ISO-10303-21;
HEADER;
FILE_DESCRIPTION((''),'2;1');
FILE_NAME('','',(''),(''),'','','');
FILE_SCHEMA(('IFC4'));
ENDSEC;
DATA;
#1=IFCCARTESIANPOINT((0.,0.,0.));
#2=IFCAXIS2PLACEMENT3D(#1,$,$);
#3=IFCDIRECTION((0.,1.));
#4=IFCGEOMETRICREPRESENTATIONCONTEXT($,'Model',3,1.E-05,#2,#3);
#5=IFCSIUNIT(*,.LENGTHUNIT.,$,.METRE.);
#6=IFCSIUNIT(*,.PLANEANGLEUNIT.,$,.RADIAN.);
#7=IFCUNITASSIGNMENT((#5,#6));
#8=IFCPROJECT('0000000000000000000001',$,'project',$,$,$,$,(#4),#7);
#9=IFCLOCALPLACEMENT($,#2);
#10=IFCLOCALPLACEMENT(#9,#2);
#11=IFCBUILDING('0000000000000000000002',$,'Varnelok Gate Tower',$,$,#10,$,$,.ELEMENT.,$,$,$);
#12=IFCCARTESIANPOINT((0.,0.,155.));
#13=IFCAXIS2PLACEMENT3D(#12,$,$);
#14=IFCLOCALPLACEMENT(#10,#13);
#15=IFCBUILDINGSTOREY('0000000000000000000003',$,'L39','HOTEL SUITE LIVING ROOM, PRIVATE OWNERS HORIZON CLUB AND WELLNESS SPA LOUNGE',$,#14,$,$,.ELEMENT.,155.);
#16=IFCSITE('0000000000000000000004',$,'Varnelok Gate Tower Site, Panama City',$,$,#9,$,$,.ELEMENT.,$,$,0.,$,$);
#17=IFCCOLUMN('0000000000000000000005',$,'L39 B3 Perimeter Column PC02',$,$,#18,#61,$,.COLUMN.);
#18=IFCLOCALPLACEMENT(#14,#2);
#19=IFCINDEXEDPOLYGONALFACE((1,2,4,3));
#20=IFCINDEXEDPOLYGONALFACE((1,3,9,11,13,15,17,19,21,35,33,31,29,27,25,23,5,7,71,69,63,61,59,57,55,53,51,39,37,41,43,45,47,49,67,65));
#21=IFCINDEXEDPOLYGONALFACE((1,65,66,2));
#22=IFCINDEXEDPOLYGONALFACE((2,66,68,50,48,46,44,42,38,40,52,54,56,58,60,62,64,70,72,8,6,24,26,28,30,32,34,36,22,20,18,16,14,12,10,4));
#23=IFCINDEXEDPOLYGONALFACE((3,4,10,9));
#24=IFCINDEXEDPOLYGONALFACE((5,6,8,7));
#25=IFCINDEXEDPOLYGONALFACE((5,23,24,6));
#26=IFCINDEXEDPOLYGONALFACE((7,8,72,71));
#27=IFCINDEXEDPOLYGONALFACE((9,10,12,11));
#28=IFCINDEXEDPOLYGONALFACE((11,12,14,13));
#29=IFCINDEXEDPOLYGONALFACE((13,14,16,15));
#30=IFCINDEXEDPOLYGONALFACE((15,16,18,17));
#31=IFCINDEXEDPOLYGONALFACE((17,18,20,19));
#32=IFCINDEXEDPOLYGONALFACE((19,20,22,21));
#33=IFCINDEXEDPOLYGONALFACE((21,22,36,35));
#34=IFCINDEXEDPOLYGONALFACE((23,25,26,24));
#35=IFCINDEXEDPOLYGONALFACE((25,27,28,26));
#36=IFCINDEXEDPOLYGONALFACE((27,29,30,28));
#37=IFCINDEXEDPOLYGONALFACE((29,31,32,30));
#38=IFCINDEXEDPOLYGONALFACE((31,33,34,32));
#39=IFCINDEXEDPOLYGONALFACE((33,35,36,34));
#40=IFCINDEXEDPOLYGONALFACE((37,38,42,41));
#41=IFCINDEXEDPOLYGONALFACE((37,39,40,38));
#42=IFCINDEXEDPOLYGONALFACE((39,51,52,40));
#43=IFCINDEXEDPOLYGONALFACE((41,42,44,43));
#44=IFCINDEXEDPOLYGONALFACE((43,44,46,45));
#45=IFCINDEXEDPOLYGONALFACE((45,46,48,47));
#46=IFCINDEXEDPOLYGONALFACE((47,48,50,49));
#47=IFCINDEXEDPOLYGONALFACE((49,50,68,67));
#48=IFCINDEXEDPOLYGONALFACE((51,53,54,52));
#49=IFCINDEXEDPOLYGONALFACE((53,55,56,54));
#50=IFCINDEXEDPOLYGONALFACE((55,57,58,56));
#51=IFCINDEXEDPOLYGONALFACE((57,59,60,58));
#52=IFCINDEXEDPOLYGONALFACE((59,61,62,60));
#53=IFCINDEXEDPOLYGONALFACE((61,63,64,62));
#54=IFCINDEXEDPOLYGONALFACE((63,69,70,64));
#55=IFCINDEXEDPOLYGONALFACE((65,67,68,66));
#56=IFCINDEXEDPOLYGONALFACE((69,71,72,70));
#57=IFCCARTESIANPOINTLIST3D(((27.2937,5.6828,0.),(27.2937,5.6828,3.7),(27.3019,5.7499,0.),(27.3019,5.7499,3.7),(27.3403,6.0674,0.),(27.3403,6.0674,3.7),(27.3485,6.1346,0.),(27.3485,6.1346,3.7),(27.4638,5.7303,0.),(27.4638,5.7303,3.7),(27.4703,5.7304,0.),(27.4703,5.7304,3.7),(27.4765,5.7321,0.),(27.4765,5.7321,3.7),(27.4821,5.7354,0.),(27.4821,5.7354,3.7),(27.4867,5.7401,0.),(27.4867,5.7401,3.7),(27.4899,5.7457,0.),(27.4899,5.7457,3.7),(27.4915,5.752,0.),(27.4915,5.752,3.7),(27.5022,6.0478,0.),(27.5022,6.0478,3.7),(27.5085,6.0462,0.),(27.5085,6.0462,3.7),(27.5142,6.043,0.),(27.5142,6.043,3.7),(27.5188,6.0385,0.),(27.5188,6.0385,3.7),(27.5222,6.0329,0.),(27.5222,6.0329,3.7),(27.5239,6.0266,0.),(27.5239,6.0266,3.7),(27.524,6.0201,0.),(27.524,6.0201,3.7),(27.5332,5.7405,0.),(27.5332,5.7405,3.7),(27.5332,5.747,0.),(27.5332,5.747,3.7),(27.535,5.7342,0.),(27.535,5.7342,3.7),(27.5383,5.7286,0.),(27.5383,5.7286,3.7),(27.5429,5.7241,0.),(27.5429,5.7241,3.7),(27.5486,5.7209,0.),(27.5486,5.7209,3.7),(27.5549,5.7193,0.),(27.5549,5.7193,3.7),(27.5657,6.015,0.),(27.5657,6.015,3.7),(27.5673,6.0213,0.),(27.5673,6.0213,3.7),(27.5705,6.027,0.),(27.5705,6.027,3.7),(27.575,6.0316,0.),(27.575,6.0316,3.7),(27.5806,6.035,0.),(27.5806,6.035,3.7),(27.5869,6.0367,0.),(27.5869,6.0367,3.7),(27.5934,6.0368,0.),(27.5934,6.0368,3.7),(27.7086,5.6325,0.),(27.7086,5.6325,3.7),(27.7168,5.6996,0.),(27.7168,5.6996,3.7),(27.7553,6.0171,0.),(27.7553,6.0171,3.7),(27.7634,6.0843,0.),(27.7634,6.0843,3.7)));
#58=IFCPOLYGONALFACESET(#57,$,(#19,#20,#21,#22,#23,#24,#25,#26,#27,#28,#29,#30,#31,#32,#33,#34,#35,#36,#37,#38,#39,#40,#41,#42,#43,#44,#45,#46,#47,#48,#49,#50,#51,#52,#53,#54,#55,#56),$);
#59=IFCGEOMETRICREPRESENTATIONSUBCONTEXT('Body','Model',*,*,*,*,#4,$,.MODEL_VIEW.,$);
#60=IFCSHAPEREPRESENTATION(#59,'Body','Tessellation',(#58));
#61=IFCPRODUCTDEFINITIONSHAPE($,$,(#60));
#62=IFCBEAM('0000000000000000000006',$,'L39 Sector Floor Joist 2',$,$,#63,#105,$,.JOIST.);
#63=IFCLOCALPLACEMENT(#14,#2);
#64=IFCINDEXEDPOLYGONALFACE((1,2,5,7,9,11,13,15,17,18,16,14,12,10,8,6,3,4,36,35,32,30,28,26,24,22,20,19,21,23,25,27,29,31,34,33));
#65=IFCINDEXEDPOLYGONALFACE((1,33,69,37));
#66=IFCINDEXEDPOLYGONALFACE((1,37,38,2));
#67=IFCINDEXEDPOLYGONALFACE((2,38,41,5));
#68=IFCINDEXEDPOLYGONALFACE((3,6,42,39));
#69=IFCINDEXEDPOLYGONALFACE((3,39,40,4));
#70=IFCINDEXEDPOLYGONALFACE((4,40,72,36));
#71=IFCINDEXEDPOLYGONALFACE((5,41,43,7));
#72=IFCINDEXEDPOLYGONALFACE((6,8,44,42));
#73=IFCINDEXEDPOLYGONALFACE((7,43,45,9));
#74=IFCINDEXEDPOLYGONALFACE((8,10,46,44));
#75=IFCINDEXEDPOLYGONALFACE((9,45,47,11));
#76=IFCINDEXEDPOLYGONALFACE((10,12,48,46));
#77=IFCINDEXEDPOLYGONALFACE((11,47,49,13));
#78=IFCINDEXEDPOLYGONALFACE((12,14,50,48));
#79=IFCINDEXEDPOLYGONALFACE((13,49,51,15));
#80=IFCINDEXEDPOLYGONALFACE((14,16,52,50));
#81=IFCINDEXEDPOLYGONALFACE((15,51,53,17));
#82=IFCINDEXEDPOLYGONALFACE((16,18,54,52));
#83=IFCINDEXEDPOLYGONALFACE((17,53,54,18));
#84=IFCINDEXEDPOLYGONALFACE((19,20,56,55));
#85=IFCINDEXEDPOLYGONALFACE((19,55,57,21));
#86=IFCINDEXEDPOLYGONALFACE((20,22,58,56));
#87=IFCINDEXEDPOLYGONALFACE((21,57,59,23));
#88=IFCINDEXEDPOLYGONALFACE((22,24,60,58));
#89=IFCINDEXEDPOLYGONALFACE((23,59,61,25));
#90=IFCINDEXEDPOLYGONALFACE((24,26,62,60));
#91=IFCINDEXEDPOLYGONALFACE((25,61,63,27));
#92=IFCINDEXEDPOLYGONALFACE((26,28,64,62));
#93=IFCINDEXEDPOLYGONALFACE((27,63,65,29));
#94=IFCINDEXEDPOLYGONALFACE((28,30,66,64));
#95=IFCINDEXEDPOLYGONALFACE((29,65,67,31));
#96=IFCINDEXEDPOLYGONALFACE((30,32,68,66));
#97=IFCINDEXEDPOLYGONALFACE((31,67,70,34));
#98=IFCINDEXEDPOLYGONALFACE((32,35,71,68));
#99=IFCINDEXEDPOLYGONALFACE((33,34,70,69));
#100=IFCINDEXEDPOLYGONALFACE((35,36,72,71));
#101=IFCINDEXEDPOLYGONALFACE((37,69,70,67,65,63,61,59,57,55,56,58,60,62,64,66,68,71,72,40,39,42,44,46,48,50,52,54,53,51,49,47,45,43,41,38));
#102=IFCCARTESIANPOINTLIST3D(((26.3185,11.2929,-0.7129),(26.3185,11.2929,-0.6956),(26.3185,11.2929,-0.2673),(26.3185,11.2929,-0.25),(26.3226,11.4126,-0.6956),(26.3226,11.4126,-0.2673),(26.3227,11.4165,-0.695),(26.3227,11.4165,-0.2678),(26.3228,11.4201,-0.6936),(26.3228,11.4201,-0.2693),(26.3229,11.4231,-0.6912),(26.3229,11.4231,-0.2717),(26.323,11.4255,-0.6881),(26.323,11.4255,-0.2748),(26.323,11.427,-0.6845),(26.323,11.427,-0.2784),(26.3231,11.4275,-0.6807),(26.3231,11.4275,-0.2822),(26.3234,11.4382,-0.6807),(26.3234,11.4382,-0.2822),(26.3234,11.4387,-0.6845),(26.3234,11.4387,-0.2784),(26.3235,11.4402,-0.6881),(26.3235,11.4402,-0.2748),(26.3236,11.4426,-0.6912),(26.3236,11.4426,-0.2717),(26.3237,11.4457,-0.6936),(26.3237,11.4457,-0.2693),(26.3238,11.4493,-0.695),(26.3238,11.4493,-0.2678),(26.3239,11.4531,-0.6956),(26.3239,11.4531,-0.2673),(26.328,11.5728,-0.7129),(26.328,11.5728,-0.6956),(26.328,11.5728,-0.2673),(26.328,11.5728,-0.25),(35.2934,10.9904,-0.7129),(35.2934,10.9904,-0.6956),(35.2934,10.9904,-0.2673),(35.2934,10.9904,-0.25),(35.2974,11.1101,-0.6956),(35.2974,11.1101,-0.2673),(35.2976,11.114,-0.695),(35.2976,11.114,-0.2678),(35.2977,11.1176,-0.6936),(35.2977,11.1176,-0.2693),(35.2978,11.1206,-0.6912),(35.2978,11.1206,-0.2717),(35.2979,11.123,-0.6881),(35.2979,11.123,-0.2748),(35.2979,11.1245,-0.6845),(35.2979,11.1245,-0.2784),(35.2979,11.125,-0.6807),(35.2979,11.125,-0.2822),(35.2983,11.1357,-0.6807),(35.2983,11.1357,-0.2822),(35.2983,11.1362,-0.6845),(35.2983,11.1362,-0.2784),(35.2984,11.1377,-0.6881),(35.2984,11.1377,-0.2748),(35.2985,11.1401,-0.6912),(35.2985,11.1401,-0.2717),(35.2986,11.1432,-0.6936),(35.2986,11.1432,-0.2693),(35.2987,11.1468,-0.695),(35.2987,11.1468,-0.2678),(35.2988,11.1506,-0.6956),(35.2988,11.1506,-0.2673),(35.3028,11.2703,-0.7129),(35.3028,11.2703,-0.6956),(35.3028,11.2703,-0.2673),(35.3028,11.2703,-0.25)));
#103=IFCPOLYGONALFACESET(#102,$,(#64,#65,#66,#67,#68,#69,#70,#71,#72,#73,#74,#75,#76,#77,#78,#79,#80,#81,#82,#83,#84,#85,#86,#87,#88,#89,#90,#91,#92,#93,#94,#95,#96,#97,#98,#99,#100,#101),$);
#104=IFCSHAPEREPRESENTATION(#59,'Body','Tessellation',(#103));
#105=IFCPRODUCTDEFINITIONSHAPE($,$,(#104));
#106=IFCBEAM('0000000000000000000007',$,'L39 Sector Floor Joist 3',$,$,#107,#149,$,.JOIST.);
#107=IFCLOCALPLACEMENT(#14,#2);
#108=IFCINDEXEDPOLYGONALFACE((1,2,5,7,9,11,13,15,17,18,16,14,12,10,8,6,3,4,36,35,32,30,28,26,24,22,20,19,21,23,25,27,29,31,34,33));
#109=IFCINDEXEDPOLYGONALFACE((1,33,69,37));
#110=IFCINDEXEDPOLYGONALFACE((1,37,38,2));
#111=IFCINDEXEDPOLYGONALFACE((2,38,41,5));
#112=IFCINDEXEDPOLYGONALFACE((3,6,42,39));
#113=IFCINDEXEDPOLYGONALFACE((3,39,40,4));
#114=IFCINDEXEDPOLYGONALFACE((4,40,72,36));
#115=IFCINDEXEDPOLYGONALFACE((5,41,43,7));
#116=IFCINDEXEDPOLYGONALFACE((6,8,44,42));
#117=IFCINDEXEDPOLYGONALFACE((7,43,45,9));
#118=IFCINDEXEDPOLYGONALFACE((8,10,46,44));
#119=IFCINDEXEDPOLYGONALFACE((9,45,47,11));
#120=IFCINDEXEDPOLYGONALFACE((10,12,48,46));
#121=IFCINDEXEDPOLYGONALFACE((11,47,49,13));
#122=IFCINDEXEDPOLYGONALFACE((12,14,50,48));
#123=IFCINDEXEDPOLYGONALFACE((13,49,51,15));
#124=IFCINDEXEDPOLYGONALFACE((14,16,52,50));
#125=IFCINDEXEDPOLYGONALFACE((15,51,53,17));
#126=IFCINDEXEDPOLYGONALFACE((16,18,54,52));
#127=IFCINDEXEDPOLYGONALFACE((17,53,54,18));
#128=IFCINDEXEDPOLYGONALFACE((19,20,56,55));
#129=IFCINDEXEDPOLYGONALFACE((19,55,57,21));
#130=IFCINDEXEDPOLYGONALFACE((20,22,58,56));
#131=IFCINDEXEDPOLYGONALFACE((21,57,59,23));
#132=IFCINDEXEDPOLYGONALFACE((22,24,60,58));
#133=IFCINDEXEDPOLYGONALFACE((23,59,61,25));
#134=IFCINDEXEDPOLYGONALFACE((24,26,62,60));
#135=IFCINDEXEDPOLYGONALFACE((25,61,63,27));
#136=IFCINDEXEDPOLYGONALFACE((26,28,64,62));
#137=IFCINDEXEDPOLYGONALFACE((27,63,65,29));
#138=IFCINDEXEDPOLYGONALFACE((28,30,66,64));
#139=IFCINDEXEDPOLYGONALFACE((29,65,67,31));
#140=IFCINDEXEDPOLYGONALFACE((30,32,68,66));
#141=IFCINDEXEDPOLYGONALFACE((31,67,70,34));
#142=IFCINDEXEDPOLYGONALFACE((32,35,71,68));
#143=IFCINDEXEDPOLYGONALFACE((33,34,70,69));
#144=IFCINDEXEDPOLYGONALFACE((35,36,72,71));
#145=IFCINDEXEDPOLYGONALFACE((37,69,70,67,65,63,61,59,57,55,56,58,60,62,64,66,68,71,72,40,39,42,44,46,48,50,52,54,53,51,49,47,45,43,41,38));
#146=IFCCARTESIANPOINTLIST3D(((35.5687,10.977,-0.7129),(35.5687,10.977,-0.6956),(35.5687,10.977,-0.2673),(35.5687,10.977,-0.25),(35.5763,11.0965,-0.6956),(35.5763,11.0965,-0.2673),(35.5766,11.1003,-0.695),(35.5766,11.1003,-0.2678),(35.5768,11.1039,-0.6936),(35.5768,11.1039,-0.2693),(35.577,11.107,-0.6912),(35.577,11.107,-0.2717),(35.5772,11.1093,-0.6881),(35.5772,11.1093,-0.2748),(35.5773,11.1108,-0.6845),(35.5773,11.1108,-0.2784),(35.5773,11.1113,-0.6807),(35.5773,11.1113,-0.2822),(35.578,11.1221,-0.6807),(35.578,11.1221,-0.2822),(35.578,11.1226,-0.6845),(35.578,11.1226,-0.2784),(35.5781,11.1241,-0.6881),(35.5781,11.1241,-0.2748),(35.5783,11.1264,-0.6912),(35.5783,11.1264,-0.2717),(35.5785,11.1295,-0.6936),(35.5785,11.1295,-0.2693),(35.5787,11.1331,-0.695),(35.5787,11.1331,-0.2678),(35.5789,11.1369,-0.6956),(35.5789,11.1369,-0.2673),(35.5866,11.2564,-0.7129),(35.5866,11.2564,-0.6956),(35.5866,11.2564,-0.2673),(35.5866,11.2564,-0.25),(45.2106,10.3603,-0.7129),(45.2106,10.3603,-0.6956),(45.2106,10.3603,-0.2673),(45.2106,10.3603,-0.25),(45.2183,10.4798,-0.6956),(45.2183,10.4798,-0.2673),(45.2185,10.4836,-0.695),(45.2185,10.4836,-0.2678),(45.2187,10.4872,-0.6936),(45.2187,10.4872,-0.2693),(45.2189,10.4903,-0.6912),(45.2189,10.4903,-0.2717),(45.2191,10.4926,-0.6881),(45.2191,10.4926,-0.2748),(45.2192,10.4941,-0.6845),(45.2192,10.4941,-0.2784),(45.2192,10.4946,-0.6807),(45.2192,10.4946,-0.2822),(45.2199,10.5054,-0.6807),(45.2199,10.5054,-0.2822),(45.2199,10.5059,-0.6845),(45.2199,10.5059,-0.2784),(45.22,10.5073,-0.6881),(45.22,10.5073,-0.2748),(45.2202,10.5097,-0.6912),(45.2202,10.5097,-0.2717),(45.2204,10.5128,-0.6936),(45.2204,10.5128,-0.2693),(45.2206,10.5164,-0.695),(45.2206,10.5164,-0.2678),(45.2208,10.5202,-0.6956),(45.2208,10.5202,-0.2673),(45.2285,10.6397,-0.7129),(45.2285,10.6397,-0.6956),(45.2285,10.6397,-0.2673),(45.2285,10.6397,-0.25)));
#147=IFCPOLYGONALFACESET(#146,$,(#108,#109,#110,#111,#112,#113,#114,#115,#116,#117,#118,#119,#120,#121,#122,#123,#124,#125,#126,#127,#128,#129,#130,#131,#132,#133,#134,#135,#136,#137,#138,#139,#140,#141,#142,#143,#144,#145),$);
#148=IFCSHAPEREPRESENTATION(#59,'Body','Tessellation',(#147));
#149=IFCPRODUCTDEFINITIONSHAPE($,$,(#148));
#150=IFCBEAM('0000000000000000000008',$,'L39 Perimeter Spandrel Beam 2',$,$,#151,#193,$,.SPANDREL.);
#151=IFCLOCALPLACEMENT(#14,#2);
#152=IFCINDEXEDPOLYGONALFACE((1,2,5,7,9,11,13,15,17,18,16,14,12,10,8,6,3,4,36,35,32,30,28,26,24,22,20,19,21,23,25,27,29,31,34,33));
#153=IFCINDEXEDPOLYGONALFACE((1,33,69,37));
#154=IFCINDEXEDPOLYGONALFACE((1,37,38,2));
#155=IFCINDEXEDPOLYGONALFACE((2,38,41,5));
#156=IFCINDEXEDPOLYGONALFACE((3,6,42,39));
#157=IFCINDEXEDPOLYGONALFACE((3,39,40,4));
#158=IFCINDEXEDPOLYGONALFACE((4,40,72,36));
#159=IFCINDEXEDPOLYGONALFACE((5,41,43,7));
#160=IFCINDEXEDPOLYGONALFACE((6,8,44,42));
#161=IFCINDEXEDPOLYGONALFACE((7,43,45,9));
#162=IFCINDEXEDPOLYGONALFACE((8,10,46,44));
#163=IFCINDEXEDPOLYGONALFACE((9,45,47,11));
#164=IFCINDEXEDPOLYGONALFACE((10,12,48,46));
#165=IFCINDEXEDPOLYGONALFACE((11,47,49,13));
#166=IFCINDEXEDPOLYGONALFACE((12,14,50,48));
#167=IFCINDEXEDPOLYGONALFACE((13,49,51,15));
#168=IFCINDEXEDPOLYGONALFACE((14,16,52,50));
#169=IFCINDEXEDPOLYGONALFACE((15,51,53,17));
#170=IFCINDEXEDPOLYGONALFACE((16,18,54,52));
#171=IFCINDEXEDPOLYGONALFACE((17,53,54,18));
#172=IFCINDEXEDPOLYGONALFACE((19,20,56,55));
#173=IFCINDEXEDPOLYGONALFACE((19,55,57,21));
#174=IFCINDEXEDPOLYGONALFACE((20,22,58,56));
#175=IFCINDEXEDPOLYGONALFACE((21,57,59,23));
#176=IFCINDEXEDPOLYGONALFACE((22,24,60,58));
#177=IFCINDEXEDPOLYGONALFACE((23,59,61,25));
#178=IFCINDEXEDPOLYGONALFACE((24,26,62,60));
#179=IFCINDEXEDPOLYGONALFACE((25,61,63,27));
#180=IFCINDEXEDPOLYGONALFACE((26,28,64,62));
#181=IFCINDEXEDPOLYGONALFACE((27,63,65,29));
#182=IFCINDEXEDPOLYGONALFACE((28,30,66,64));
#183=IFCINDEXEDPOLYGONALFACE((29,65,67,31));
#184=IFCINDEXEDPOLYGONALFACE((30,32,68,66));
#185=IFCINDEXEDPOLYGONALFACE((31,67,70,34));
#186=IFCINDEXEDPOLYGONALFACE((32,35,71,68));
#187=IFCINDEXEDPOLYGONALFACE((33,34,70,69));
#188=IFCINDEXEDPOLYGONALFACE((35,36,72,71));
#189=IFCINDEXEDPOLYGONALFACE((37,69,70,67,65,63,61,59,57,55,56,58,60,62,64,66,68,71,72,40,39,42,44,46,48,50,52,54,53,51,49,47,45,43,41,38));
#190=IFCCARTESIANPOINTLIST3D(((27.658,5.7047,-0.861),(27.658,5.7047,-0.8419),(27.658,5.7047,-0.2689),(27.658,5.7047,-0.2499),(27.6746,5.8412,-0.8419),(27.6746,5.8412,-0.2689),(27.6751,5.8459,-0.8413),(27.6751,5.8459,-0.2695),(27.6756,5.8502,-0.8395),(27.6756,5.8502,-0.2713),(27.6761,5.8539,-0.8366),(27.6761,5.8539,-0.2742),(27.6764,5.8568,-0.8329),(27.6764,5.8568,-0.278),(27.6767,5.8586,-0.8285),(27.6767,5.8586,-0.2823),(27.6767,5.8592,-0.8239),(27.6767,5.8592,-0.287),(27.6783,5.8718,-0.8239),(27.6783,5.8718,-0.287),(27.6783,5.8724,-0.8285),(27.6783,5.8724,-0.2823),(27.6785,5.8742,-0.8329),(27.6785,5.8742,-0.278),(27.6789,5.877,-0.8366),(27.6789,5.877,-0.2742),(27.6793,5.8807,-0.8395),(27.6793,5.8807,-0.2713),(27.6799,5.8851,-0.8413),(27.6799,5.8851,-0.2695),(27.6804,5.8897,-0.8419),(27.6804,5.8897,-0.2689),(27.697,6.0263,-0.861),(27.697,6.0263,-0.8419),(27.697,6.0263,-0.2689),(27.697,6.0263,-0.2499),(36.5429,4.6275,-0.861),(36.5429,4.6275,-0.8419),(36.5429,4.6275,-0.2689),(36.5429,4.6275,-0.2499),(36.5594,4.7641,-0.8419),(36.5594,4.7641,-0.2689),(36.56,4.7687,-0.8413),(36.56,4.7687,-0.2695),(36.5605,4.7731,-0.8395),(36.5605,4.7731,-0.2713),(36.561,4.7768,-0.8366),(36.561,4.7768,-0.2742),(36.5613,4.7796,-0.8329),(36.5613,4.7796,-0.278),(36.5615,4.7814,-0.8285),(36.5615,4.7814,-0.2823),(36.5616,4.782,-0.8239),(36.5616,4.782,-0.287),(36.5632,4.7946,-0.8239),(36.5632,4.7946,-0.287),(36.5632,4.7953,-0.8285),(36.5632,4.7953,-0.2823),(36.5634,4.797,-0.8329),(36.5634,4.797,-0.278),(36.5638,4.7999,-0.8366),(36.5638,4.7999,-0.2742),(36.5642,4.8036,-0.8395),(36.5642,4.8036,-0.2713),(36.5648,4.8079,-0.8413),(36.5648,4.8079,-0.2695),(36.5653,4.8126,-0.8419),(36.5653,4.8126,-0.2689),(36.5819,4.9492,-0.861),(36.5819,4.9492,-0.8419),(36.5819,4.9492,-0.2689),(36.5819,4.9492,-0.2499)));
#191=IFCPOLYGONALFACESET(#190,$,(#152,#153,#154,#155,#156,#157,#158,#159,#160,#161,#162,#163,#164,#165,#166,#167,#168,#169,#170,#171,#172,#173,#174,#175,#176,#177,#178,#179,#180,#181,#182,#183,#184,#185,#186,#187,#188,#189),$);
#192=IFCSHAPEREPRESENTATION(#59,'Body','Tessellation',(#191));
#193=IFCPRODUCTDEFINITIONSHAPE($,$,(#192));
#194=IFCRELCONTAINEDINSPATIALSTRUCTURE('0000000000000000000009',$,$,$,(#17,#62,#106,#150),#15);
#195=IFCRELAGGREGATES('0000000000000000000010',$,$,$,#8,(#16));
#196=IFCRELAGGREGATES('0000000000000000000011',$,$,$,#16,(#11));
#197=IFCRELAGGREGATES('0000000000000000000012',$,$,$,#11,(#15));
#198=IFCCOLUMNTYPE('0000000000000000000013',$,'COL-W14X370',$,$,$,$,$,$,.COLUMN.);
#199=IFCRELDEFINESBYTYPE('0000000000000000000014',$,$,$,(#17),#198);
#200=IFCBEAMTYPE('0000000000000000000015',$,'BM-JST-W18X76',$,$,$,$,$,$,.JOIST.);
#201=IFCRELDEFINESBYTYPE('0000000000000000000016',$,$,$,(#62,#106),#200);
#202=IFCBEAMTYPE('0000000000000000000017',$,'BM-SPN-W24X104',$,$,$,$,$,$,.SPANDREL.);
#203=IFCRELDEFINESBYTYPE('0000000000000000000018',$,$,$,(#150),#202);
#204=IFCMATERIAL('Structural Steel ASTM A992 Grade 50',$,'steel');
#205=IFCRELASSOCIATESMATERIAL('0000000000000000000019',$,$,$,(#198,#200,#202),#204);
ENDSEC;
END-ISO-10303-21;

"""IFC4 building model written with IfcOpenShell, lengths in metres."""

from ifc_helpers import new_model, si_unit, direction, frame, origin, origin_2d, place, context, subcontext, project, spatial, i_section, extrude, material, material_profile, profile_set, type_object, element, save


model = new_model("IFC4")

# Units and contexts
model_context = context("Model", 3, precision=1e-05, world=origin(), true_north=direction((0.0, 1.0)))
body_context = subcontext(model_context, "Body", "Model", "MODEL_VIEW")
ifc_project = project(units=[si_unit("LENGTHUNIT", "METRE"), si_unit("PLANEANGLEUNIT", "RADIAN")], contexts=[model_context])

# Site, building, storey
site_placement = place(None, origin())
site = spatial("IfcSite", under=ifc_project, at=site_placement, Name="Varnelok Gate Tower Site, Panama City", CompositionType="ELEMENT", RefElevation=0.0)
building_placement = place(site_placement, origin())
building = spatial("IfcBuilding", under=site, at=building_placement, Name="Varnelok Gate Tower", CompositionType="ELEMENT")
storey_placement = place(building_placement, frame((0.0, 0.0, 155.0)))
storey = spatial("IfcBuildingStorey", under=building, at=storey_placement, Name="L39", Description="HOTEL SUITE LIVING ROOM, PRIVATE OWNERS HORIZON CLUB AND WELLNESS SPA LOUNGE", CompositionType="ELEMENT", Elevation=155.0)

# Column
ifc_material_1 = material(Name="Structural Steel ASTM A992 Grade 50", Category="steel")
ifc_material_profile_1 = material_profile(ifc_material_1, i_section(OverallWidth=0.418, OverallDepth=0.4551, WebThickness=0.042, FlangeThickness=0.0676, FilletRadius=0.0249, at=origin_2d()), Name="W14X370")
ifc_profile_set_1 = profile_set([ifc_material_profile_1], Name="Structural Steel ASTM A992 Grade 50")
column_type = type_object("IfcColumnType", Name="COL-W14X370", PredefinedType="COLUMN", material=ifc_profile_set_1)
column_placement = place(storey_placement, frame((27.5286, 5.8835, 0.0), z_axis=(0.0, 0.0, 1.0), x_axis=(0.992732, -0.120345, 0.0)))
element("IfcColumn", 1, at=column_placement, inside=storey, type_object=column_type, Name="L39 B3 Perimeter Column PC02", PredefinedType="COLUMN", context=body_context, shape_type="SweptSolid", body=[
    extrude(i_section(OverallWidth=0.418, OverallDepth=0.4551, WebThickness=0.042, FlangeThickness=0.0676, FilletRadius=0.0249, at=origin_2d()), origin(), (0.0, 0.0, 1.0), 3.7),
])

# Beams
ifc_material_profile_2 = material_profile(ifc_material_1, i_section(OverallWidth=0.28, OverallDepth=0.4629, WebThickness=0.0107, FlangeThickness=0.0173, FilletRadius=0.0149, at=origin_2d()), Name="W18X76")
ifc_profile_set_2 = profile_set([ifc_material_profile_2], Name="Structural Steel ASTM A992 Grade 50")
beam_type_1 = type_object("IfcBeamType", Name="BM-JST-W18X76", PredefinedType="JOIST", material=ifc_profile_set_2)
beam_1_placement = place(storey_placement, frame((26.3232, 11.4329, -0.4814), z_axis=(0.999432, -0.033685, 0.0), x_axis=(0.033685, 0.999432, 0.0)))
element("IfcBeam", 2, at=beam_1_placement, inside=storey, type_object=beam_type_1, Name="L39 Sector Floor Joist 2", PredefinedType="JOIST", context=body_context, shape_type="SweptSolid", body=[
    extrude(i_section(OverallWidth=0.28, OverallDepth=0.4629, WebThickness=0.0107, FlangeThickness=0.0173, FilletRadius=0.0149, at=origin_2d()), origin(), (0.0, 0.0, 1.0), 8.98),
])
beam_2_placement = place(storey_placement, frame((35.5776, 11.1167, -0.4814), z_axis=(0.997961, -0.06383, 0.0), x_axis=(0.06383, 0.997961, 0.0)))
element("IfcBeam", 3, at=beam_2_placement, inside=storey, type_object=beam_type_1, Name="L39 Sector Floor Joist 3", PredefinedType="JOIST", context=body_context, shape_type="SweptSolid", body=[
    extrude(i_section(OverallWidth=0.28, OverallDepth=0.4629, WebThickness=0.0107, FlangeThickness=0.0173, FilletRadius=0.0149, at=origin_2d()), origin(), (0.0, 0.0, 1.0), 9.6616),
])
ifc_material_profile_3 = material_profile(ifc_material_1, i_section(OverallWidth=0.324, OverallDepth=0.6111, WebThickness=0.0127, FlangeThickness=0.019, FilletRadius=0.0181, at=origin_2d()), Name="W24X104")
ifc_profile_set_3 = profile_set([ifc_material_profile_3], Name="Structural Steel ASTM A992 Grade 50")
beam_type_2 = type_object("IfcBeamType", Name="BM-SPN-W24X104", PredefinedType="SPANDREL", material=ifc_profile_set_3)
beam_3_placement = place(storey_placement, frame((27.6775, 5.8655, -0.5554), z_axis=(0.992731, -0.120351, 0.0), x_axis=(0.120351, 0.992731, 0.0)))
element("IfcBeam", 4, at=beam_3_placement, inside=storey, type_object=beam_type_2, Name="L39 Perimeter Spandrel Beam 2", PredefinedType="SPANDREL", context=body_context, shape_type="SweptSolid", body=[
    extrude(i_section(OverallWidth=0.324, OverallDepth=0.6111, WebThickness=0.0127, FlangeThickness=0.019, FilletRadius=0.0181, at=origin_2d()), origin(), (0.0, 0.0, 1.0), 8.95),
])

save(model, "model.ifc")
